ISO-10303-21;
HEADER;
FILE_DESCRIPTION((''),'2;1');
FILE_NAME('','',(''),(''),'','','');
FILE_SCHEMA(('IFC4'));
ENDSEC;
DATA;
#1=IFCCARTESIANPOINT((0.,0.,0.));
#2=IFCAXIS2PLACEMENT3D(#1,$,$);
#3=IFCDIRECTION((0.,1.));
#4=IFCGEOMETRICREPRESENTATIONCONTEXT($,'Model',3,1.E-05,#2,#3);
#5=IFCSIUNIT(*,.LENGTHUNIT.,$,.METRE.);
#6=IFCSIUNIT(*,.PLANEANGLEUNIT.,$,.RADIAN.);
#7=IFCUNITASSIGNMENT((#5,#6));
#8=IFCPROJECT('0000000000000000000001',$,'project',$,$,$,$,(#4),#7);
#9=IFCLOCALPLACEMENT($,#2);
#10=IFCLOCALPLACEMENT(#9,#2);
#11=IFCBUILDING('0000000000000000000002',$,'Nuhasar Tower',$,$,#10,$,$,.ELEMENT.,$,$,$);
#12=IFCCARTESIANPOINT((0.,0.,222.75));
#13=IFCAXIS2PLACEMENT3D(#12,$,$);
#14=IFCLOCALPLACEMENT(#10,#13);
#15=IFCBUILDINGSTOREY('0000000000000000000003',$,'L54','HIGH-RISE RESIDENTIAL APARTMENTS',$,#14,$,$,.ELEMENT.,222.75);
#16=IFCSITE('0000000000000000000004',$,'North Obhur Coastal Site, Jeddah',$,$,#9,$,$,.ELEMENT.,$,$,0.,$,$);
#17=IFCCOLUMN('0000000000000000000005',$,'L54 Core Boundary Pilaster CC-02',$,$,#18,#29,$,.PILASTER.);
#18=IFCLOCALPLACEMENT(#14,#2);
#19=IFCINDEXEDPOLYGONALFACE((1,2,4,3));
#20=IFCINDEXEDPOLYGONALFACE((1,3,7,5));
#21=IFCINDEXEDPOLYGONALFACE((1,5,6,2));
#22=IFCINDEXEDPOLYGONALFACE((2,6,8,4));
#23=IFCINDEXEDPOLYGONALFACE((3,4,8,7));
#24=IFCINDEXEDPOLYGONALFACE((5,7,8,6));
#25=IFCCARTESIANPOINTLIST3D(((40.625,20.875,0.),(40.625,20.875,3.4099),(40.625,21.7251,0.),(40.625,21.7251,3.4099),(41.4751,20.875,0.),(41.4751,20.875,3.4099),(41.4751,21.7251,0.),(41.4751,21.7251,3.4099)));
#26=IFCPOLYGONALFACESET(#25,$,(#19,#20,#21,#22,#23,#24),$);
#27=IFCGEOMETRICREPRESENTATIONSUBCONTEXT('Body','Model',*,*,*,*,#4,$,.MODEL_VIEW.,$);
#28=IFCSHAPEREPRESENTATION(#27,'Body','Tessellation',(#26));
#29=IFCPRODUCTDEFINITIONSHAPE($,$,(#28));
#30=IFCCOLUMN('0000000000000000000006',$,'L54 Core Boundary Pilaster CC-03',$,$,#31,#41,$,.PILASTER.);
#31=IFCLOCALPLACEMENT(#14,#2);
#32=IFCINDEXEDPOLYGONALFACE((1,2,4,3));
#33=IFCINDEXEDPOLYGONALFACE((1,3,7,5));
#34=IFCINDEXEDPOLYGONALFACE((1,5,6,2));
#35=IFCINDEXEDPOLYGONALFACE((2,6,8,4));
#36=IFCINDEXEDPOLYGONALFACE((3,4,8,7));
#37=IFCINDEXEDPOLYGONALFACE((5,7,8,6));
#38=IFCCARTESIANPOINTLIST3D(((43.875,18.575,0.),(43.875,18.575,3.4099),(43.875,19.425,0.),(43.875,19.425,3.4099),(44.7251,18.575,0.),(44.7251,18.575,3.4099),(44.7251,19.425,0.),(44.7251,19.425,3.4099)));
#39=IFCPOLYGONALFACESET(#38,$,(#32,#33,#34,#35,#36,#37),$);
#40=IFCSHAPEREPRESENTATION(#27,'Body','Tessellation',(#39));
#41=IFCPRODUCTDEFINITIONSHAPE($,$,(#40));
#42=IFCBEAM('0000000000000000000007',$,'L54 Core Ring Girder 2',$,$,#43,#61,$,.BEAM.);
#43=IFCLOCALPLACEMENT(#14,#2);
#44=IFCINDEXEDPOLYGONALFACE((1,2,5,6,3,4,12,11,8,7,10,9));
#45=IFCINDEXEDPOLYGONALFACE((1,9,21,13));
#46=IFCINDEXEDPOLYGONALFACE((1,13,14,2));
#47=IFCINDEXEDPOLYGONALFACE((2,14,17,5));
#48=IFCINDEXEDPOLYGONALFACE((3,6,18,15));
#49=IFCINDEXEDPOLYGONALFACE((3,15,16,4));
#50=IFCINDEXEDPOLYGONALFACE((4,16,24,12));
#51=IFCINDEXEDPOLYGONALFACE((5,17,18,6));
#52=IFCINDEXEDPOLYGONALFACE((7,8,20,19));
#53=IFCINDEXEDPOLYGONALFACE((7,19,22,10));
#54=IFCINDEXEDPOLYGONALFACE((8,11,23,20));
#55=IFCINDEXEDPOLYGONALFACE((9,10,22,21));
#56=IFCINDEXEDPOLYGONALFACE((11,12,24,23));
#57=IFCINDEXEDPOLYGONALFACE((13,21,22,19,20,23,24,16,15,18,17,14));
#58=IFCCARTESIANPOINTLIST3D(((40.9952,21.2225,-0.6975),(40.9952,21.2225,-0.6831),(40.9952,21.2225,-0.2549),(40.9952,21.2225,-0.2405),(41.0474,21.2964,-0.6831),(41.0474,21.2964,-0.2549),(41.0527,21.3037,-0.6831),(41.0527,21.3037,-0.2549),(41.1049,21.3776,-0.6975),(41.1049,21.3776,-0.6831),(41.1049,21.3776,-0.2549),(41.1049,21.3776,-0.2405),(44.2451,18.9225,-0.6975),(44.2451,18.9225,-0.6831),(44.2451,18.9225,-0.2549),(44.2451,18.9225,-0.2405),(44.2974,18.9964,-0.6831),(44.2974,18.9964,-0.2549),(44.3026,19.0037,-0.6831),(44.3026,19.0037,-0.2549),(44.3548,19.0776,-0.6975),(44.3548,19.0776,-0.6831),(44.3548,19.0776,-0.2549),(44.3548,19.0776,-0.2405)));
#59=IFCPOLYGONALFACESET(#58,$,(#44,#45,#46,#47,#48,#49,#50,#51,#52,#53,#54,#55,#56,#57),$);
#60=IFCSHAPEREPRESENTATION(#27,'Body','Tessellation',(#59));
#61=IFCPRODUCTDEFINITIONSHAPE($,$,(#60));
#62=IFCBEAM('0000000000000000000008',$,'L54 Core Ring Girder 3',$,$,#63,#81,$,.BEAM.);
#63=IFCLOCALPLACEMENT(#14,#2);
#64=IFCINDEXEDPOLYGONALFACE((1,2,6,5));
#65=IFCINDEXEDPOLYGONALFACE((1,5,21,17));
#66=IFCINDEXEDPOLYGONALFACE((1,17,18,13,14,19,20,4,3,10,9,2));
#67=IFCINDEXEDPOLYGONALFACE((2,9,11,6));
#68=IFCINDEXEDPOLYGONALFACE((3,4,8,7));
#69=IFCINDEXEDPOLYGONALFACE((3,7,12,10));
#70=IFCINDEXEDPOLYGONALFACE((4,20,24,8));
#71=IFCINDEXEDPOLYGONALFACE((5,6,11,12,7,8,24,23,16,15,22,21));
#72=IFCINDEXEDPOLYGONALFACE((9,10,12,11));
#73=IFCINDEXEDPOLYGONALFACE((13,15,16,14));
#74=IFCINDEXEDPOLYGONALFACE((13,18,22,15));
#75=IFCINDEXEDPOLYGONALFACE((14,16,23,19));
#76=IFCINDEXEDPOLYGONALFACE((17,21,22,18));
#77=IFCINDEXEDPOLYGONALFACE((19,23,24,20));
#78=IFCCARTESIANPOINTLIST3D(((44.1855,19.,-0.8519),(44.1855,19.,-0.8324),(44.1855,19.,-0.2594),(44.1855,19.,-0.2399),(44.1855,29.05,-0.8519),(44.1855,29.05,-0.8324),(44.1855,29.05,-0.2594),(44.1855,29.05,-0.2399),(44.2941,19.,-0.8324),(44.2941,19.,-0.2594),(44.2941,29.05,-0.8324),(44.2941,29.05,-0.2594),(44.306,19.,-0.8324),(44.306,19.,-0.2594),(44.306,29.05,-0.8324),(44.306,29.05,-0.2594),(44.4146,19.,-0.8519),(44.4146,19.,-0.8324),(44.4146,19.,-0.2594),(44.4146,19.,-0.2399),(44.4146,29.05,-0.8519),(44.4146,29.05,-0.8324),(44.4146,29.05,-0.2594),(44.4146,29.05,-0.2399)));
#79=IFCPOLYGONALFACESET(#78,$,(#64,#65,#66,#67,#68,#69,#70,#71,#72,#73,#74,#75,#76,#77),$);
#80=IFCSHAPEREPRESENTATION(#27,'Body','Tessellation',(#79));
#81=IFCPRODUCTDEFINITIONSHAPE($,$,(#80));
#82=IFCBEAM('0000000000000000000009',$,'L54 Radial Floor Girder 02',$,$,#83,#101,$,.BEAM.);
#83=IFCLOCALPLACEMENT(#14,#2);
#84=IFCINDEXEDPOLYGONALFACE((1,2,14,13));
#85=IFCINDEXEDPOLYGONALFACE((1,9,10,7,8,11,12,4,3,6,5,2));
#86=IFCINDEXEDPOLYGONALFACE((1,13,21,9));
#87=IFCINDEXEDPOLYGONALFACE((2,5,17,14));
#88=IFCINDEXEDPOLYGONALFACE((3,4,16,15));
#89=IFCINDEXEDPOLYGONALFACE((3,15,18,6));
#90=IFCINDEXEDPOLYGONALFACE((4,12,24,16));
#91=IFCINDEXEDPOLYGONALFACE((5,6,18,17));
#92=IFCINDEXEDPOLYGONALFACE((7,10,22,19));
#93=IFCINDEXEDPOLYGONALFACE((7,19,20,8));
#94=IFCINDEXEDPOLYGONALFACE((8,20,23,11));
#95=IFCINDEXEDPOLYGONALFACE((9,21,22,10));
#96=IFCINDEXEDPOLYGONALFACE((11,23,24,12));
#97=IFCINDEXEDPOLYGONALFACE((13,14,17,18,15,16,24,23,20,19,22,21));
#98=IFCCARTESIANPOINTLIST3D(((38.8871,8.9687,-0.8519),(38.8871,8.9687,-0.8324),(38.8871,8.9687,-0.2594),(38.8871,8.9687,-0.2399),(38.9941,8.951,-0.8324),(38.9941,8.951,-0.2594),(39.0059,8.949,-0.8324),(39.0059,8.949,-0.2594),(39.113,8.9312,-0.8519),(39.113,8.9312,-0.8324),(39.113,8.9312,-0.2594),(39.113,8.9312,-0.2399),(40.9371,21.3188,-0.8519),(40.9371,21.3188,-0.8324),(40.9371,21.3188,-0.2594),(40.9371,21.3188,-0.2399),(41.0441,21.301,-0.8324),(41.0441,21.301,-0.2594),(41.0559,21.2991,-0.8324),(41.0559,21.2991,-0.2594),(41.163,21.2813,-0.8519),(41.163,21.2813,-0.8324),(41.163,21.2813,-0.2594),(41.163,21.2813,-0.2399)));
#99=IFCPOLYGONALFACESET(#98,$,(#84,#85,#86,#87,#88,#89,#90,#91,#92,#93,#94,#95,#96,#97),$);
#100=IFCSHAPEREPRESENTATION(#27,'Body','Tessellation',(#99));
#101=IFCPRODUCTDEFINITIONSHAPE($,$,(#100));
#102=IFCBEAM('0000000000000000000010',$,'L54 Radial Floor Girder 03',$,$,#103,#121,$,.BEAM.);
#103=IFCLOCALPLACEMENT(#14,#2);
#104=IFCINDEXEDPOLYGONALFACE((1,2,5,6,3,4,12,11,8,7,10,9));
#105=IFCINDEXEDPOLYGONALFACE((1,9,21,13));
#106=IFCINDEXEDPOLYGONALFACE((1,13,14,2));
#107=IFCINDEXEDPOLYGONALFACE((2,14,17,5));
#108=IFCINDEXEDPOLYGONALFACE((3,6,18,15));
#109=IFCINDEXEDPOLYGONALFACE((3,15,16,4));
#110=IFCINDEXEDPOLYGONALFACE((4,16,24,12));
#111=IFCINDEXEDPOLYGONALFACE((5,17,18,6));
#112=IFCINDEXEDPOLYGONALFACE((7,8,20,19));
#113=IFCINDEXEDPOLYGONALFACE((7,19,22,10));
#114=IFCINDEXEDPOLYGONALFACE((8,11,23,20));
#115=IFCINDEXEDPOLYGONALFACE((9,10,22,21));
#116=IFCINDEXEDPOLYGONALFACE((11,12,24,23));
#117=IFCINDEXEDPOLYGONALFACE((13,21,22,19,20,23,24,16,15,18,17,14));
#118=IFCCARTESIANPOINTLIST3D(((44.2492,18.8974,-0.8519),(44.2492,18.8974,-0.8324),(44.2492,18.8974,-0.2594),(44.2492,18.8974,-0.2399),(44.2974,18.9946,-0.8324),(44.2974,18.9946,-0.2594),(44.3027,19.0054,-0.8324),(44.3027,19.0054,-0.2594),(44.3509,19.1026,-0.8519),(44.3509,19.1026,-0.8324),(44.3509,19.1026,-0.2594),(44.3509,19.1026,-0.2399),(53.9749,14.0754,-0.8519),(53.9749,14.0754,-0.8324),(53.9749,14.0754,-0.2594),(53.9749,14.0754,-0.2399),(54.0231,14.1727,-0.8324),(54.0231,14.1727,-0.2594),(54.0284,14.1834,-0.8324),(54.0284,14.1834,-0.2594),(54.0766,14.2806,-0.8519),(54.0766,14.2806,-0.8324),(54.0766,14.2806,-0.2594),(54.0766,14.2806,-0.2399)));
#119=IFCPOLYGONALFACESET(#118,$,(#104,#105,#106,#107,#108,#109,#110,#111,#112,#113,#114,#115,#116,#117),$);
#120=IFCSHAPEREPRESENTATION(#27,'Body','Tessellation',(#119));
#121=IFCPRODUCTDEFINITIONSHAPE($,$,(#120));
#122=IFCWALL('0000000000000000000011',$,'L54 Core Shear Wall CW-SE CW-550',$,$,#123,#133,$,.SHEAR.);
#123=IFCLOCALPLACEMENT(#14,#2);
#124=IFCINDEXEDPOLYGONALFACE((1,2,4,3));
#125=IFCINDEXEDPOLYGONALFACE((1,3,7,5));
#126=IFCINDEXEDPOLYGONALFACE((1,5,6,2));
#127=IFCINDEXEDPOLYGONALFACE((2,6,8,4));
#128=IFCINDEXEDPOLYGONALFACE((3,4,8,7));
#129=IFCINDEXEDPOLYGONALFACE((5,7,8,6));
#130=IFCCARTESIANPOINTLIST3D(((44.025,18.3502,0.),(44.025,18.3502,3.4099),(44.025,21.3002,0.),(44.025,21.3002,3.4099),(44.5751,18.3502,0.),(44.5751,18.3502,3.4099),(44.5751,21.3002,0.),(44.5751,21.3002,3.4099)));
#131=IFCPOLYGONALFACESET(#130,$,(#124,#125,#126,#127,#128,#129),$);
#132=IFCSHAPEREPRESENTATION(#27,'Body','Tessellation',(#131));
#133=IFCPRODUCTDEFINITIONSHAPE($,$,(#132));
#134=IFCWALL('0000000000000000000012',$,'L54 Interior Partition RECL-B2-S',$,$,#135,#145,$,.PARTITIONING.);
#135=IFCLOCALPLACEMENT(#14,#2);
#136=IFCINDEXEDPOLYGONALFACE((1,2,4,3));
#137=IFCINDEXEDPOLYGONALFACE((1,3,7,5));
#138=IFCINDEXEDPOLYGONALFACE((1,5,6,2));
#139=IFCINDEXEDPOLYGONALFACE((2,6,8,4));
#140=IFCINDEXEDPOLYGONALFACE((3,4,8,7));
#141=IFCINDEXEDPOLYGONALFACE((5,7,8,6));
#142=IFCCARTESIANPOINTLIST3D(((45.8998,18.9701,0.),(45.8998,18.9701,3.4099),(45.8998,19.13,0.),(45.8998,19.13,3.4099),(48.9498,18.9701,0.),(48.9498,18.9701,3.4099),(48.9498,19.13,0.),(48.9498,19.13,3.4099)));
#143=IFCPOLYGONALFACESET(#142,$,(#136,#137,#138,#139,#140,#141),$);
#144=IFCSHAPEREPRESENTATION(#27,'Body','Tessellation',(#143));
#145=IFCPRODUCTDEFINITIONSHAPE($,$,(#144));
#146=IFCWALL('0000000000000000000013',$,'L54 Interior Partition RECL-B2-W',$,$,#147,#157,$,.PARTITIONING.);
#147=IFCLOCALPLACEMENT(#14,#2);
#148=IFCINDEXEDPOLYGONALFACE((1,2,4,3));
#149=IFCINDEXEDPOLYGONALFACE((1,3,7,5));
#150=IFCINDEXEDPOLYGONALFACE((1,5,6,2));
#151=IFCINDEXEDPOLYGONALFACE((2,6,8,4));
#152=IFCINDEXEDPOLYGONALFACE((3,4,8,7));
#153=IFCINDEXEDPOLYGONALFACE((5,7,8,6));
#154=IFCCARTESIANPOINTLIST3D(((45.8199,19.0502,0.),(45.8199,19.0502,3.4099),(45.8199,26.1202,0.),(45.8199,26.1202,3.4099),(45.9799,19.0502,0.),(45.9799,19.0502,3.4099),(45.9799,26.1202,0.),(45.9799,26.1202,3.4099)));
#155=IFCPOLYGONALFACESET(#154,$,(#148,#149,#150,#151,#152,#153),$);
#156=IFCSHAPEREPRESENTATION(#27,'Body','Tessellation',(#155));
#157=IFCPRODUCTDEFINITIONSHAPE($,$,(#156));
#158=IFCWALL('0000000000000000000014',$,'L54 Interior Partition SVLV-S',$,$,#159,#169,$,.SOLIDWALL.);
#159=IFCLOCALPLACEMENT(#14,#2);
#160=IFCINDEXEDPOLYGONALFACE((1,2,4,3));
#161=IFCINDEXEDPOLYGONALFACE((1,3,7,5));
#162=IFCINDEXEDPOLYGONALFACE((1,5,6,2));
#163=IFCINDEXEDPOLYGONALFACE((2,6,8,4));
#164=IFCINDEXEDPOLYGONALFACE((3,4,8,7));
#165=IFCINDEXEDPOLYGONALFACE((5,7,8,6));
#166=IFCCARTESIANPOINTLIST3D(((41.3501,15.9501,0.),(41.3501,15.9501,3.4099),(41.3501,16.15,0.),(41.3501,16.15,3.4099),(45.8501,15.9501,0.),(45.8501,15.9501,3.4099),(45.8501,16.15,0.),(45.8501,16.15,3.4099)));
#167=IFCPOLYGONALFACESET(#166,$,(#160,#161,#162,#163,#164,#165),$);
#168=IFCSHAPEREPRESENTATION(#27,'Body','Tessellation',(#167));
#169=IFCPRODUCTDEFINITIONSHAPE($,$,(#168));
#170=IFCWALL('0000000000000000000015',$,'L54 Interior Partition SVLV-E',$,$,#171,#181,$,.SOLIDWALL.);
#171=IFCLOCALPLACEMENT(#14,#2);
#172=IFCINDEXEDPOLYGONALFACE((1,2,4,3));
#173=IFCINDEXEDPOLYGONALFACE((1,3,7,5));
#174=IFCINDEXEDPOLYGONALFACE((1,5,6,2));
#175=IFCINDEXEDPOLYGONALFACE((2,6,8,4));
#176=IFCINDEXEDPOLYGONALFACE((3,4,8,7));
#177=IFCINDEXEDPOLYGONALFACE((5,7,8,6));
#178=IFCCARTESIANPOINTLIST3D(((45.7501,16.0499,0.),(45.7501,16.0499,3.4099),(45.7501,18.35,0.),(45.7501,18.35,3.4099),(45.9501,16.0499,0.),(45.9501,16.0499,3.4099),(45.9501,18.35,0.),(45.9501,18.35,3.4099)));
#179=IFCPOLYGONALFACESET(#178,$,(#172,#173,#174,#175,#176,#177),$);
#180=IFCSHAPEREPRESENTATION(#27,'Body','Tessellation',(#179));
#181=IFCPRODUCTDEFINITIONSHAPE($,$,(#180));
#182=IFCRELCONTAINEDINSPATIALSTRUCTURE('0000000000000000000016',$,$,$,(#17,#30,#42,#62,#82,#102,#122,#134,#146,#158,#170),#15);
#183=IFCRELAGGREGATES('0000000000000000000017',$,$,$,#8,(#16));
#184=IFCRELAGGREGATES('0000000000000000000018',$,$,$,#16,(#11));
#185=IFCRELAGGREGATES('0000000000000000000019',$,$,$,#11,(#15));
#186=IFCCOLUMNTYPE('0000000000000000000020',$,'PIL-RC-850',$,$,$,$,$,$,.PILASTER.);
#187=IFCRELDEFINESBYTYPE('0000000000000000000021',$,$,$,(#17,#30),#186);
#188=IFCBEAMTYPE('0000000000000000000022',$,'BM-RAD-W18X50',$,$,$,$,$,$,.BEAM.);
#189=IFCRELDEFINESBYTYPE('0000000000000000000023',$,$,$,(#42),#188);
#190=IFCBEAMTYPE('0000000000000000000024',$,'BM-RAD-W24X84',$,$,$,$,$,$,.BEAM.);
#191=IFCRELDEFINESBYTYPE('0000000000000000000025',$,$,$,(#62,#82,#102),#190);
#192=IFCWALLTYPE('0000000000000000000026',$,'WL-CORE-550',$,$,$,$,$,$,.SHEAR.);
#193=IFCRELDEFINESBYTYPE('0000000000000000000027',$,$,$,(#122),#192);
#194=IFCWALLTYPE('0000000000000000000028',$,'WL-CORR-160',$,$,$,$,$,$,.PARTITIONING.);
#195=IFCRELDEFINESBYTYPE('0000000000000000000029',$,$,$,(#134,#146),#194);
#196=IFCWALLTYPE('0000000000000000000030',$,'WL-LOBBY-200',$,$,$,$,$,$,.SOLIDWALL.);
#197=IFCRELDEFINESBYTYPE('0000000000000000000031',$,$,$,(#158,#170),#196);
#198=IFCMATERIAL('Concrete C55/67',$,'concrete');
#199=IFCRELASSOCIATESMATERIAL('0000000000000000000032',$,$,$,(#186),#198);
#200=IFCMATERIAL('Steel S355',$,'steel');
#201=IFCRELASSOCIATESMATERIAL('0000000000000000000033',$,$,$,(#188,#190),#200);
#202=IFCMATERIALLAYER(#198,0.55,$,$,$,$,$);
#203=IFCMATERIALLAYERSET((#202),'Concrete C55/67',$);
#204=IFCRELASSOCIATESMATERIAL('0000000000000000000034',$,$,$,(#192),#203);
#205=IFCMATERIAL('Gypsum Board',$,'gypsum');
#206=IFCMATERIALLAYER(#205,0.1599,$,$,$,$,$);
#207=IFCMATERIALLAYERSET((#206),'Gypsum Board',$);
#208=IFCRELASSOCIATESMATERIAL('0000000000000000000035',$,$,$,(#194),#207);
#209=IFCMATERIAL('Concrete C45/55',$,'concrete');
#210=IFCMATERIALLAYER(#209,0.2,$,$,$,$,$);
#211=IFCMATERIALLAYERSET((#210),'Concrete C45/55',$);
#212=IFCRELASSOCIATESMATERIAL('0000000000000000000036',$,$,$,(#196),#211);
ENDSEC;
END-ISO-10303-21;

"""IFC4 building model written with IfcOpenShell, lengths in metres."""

from ifc_helpers import new_model, si_unit, direction, frame, frame_2d, origin, origin_2d, place, context, subcontext, project, spatial, rectangle, i_section, extrude, material, layer, layer_set, material_profile, profile_set, type_object, element, save


model = new_model("IFC4")

# Units and contexts
model_context = context("Model", 3, precision=1e-05, world=origin(), true_north=direction((0.0, 1.0)))
body_context = subcontext(model_context, "Body", "Model", "MODEL_VIEW")
ifc_project = project(units=[si_unit("LENGTHUNIT", "METRE"), si_unit("PLANEANGLEUNIT", "RADIAN")], contexts=[model_context])

# Site, building, storey
site_placement = place(None, origin())
site = spatial("IfcSite", under=ifc_project, at=site_placement, Name="North Obhur Coastal Site, Jeddah", CompositionType="ELEMENT", RefElevation=0.0)
building_placement = place(site_placement, origin())
building = spatial("IfcBuilding", under=site, at=building_placement, Name="Nuhasar Tower", CompositionType="ELEMENT")
storey_placement = place(building_placement, frame((0.0, 0.0, 222.75)))
storey = spatial("IfcBuildingStorey", under=building, at=storey_placement, Name="L54", Description="HIGH-RISE RESIDENTIAL APARTMENTS", CompositionType="ELEMENT", Elevation=222.75)

# Columns
ifc_material_1 = material(Name="Concrete C55/67", Category="concrete")
ifc_material_profile_1 = material_profile(ifc_material_1, rectangle(XDim=0.8501, YDim=0.8501, at=origin_2d()), Name="RC850X850")
ifc_profile_set_1 = profile_set([ifc_material_profile_1], Name="Concrete C55/67")
column_type = type_object("IfcColumnType", Name="PIL-RC-850", PredefinedType="PILASTER", material=ifc_profile_set_1)
for number, where, z_axis, x_axis, name in (
    (1, (41.05, 21.3, 0.0), (0.0, 0.0, 1.0), (1.0, 0.0, 0.0), "L54 Core Boundary Pilaster CC-02"),
    (2, (44.3, 19.0, 0.0), (0.0, 0.0, 1.0), (1.0, 0.0, 0.0), "L54 Core Boundary Pilaster CC-03"),
):
    element("IfcColumn", number, at=place(storey_placement, frame(where, z_axis=z_axis, x_axis=x_axis)), inside=storey, type_object=column_type, Name=name, PredefinedType="PILASTER", context=body_context, shape_type="SweptSolid", body=[
        extrude(rectangle(XDim=0.8501, YDim=0.8501, at=origin_2d()), origin(), (0.0, 0.0, 1.0), 3.4099),
    ])

# Beams
ifc_material_2 = material(Name="Steel S355", Category="steel")
ifc_material_profile_2 = material_profile(ifc_material_2, i_section(OverallWidth=0.1899, OverallDepth=0.457, WebThickness=0.009, FlangeThickness=0.0144, at=origin_2d()), Name="W18X50")
ifc_profile_set_2 = profile_set([ifc_material_profile_2], Name="Steel S355")
beam_type_1 = type_object("IfcBeamType", Name="BM-RAD-W18X50", PredefinedType="BEAM", material=ifc_profile_set_2)
beam_1_placement = place(storey_placement, frame((41.05, 21.3, -0.469), z_axis=(0.816265, -0.577677, 0.0), x_axis=(0.577677, 0.816265, 0.0)))
element("IfcBeam", 3, at=beam_1_placement, inside=storey, type_object=beam_type_1, Name="L54 Core Ring Girder 2", PredefinedType="BEAM", context=body_context, shape_type="SweptSolid", body=[
    extrude(i_section(OverallWidth=0.1899, OverallDepth=0.457, WebThickness=0.009, FlangeThickness=0.0144, at=origin_2d()), origin(), (0.0, 0.0, 1.0), 3.9814),
])
ifc_material_profile_3 = material_profile(ifc_material_2, i_section(OverallWidth=0.229, OverallDepth=0.6121, WebThickness=0.012, FlangeThickness=0.0195, at=origin_2d()), Name="W24X84")
ifc_profile_set_3 = profile_set([ifc_material_profile_3], Name="Steel S355")
beam_type_2 = type_object("IfcBeamType", Name="BM-RAD-W24X84", PredefinedType="BEAM", material=ifc_profile_set_3)
beam_2_placement = place(storey_placement, frame((44.3, 19.0, -0.5459), z_axis=(0.0, 1.0, 0.0), x_axis=(-1.0, 0.0, 0.0)))
element("IfcBeam", 4, at=beam_2_placement, inside=storey, type_object=beam_type_2, Name="L54 Core Ring Girder 3", PredefinedType="BEAM", context=body_context, shape_type="SweptSolid", body=[
    extrude(i_section(OverallWidth=0.229, OverallDepth=0.6121, WebThickness=0.012, FlangeThickness=0.0195, at=origin_2d()), origin(), (0.0, 0.0, 1.0), 10.05),
])
beam_3_placement = place(storey_placement, frame((41.05, 21.3, -0.5459), z_axis=(-0.163754, -0.986501, 0.0), x_axis=(0.986501, -0.163754, 0.0)))
element("IfcBeam", 5, at=beam_3_placement, inside=storey, type_object=beam_type_2, Name="L54 Radial Floor Girder 02", PredefinedType="BEAM", context=body_context, shape_type="SweptSolid", body=[
    extrude(i_section(OverallWidth=0.229, OverallDepth=0.6121, WebThickness=0.012, FlangeThickness=0.0195, at=origin_2d()), origin(), (0.0, 0.0, 1.0), 12.519),
])
beam_4_placement = place(storey_placement, frame((44.3, 19.0, -0.5459), z_axis=(0.895929, -0.444197, 0.0), x_axis=(0.444197, 0.895929, 0.0)))
element("IfcBeam", 6, at=beam_4_placement, inside=storey, type_object=beam_type_2, Name="L54 Radial Floor Girder 03", PredefinedType="BEAM", context=body_context, shape_type="SweptSolid", body=[
    extrude(i_section(OverallWidth=0.229, OverallDepth=0.6121, WebThickness=0.012, FlangeThickness=0.0195, at=origin_2d()), origin(), (0.0, 0.0, 1.0), 10.8555),
])

# Walls
ifc_layer_1 = layer(ifc_material_1, 0.55)
ifc_layer_set_1 = layer_set([ifc_layer_1], Name="Concrete C55/67")
wall_type_1 = type_object("IfcWallType", Name="WL-CORE-550", PredefinedType="SHEAR", material=ifc_layer_set_1)
wall_1_placement = place(storey_placement, frame((44.3, 18.3501, 0.0), z_axis=(0.0, 0.0, 1.0), x_axis=(0.0, 1.0, 0.0)))
element("IfcWall", 7, at=wall_1_placement, inside=storey, type_object=wall_type_1, Name="L54 Core Shear Wall CW-SE CW-550", PredefinedType="SHEAR", context=body_context, shape_type="SweptSolid", body=[
    extrude(rectangle(XDim=2.95, YDim=0.55, at=frame_2d((1.4751, 0.0))), origin(), (0.0, 0.0, 1.0), 3.4099),
])
ifc_material_3 = material(Name="Gypsum Board", Category="gypsum")
ifc_layer_2 = layer(ifc_material_3, 0.1599)
ifc_layer_set_2 = layer_set([ifc_layer_2], Name="Gypsum Board")
wall_type_2 = type_object("IfcWallType", Name="WL-CORR-160", PredefinedType="PARTITIONING", material=ifc_layer_set_2)
wall_2_placement = place(storey_placement, frame((45.8999, 19.05, 0.0), z_axis=(0.0, 0.0, 1.0), x_axis=(1.0, 0.0, 0.0)))
element("IfcWall", 8, at=wall_2_placement, inside=storey, type_object=wall_type_2, Name="L54 Interior Partition RECL-B2-S", PredefinedType="PARTITIONING", context=body_context, shape_type="SweptSolid", body=[
    extrude(rectangle(XDim=3.05, YDim=0.1599, at=frame_2d((1.5249, 0.0))), origin(), (0.0, 0.0, 1.0), 3.4099),
])
wall_3_placement = place(storey_placement, frame((45.8999, 19.05, 0.0), z_axis=(0.0, 0.0, 1.0), x_axis=(0.0, 1.0, 0.0)))
element("IfcWall", 9, at=wall_3_placement, inside=storey, type_object=wall_type_2, Name="L54 Interior Partition RECL-B2-W", PredefinedType="PARTITIONING", context=body_context, shape_type="SweptSolid", body=[
    extrude(rectangle(XDim=7.0701, YDim=0.1599, at=frame_2d((3.5352, 0.0))), origin(), (0.0, 0.0, 1.0), 3.4099),
])

# Shared definitions
ifc_material_4 = material(Name="Concrete C45/55", Category="concrete")
ifc_layer_3 = layer(ifc_material_4, 0.2)
ifc_layer_set_3 = layer_set([ifc_layer_3], Name="Concrete C45/55")
wall_type_3 = type_object("IfcWallType", Name="WL-LOBBY-200", PredefinedType="SOLIDWALL", material=ifc_layer_set_3)

# Walls
wall_4_placement = place(storey_placement, frame((41.3501, 16.05, 0.0), z_axis=(0.0, 0.0, 1.0), x_axis=(1.0, 0.0, 0.0)))
element("IfcWall", 10, at=wall_4_placement, inside=storey, type_object=wall_type_3, Name="L54 Interior Partition SVLV-S", PredefinedType="SOLIDWALL", context=body_context, shape_type="SweptSolid", body=[
    extrude(rectangle(XDim=4.5, YDim=0.2, at=frame_2d((2.25, 0.0))), origin(), (0.0, 0.0, 1.0), 3.4099),
])
wall_5_placement = place(storey_placement, frame((45.8501, 16.05, 0.0), z_axis=(0.0, 0.0, 1.0), x_axis=(0.0, 1.0, 0.0)))
element("IfcWall", 11, at=wall_5_placement, inside=storey, type_object=wall_type_3, Name="L54 Interior Partition SVLV-E", PredefinedType="SOLIDWALL", context=body_context, shape_type="SweptSolid", body=[
    extrude(rectangle(XDim=2.3, YDim=0.2, at=frame_2d((1.1499, 0.0))), origin(), (0.0, 0.0, 1.0), 3.4099),
])

save(model, "model.ifc")
